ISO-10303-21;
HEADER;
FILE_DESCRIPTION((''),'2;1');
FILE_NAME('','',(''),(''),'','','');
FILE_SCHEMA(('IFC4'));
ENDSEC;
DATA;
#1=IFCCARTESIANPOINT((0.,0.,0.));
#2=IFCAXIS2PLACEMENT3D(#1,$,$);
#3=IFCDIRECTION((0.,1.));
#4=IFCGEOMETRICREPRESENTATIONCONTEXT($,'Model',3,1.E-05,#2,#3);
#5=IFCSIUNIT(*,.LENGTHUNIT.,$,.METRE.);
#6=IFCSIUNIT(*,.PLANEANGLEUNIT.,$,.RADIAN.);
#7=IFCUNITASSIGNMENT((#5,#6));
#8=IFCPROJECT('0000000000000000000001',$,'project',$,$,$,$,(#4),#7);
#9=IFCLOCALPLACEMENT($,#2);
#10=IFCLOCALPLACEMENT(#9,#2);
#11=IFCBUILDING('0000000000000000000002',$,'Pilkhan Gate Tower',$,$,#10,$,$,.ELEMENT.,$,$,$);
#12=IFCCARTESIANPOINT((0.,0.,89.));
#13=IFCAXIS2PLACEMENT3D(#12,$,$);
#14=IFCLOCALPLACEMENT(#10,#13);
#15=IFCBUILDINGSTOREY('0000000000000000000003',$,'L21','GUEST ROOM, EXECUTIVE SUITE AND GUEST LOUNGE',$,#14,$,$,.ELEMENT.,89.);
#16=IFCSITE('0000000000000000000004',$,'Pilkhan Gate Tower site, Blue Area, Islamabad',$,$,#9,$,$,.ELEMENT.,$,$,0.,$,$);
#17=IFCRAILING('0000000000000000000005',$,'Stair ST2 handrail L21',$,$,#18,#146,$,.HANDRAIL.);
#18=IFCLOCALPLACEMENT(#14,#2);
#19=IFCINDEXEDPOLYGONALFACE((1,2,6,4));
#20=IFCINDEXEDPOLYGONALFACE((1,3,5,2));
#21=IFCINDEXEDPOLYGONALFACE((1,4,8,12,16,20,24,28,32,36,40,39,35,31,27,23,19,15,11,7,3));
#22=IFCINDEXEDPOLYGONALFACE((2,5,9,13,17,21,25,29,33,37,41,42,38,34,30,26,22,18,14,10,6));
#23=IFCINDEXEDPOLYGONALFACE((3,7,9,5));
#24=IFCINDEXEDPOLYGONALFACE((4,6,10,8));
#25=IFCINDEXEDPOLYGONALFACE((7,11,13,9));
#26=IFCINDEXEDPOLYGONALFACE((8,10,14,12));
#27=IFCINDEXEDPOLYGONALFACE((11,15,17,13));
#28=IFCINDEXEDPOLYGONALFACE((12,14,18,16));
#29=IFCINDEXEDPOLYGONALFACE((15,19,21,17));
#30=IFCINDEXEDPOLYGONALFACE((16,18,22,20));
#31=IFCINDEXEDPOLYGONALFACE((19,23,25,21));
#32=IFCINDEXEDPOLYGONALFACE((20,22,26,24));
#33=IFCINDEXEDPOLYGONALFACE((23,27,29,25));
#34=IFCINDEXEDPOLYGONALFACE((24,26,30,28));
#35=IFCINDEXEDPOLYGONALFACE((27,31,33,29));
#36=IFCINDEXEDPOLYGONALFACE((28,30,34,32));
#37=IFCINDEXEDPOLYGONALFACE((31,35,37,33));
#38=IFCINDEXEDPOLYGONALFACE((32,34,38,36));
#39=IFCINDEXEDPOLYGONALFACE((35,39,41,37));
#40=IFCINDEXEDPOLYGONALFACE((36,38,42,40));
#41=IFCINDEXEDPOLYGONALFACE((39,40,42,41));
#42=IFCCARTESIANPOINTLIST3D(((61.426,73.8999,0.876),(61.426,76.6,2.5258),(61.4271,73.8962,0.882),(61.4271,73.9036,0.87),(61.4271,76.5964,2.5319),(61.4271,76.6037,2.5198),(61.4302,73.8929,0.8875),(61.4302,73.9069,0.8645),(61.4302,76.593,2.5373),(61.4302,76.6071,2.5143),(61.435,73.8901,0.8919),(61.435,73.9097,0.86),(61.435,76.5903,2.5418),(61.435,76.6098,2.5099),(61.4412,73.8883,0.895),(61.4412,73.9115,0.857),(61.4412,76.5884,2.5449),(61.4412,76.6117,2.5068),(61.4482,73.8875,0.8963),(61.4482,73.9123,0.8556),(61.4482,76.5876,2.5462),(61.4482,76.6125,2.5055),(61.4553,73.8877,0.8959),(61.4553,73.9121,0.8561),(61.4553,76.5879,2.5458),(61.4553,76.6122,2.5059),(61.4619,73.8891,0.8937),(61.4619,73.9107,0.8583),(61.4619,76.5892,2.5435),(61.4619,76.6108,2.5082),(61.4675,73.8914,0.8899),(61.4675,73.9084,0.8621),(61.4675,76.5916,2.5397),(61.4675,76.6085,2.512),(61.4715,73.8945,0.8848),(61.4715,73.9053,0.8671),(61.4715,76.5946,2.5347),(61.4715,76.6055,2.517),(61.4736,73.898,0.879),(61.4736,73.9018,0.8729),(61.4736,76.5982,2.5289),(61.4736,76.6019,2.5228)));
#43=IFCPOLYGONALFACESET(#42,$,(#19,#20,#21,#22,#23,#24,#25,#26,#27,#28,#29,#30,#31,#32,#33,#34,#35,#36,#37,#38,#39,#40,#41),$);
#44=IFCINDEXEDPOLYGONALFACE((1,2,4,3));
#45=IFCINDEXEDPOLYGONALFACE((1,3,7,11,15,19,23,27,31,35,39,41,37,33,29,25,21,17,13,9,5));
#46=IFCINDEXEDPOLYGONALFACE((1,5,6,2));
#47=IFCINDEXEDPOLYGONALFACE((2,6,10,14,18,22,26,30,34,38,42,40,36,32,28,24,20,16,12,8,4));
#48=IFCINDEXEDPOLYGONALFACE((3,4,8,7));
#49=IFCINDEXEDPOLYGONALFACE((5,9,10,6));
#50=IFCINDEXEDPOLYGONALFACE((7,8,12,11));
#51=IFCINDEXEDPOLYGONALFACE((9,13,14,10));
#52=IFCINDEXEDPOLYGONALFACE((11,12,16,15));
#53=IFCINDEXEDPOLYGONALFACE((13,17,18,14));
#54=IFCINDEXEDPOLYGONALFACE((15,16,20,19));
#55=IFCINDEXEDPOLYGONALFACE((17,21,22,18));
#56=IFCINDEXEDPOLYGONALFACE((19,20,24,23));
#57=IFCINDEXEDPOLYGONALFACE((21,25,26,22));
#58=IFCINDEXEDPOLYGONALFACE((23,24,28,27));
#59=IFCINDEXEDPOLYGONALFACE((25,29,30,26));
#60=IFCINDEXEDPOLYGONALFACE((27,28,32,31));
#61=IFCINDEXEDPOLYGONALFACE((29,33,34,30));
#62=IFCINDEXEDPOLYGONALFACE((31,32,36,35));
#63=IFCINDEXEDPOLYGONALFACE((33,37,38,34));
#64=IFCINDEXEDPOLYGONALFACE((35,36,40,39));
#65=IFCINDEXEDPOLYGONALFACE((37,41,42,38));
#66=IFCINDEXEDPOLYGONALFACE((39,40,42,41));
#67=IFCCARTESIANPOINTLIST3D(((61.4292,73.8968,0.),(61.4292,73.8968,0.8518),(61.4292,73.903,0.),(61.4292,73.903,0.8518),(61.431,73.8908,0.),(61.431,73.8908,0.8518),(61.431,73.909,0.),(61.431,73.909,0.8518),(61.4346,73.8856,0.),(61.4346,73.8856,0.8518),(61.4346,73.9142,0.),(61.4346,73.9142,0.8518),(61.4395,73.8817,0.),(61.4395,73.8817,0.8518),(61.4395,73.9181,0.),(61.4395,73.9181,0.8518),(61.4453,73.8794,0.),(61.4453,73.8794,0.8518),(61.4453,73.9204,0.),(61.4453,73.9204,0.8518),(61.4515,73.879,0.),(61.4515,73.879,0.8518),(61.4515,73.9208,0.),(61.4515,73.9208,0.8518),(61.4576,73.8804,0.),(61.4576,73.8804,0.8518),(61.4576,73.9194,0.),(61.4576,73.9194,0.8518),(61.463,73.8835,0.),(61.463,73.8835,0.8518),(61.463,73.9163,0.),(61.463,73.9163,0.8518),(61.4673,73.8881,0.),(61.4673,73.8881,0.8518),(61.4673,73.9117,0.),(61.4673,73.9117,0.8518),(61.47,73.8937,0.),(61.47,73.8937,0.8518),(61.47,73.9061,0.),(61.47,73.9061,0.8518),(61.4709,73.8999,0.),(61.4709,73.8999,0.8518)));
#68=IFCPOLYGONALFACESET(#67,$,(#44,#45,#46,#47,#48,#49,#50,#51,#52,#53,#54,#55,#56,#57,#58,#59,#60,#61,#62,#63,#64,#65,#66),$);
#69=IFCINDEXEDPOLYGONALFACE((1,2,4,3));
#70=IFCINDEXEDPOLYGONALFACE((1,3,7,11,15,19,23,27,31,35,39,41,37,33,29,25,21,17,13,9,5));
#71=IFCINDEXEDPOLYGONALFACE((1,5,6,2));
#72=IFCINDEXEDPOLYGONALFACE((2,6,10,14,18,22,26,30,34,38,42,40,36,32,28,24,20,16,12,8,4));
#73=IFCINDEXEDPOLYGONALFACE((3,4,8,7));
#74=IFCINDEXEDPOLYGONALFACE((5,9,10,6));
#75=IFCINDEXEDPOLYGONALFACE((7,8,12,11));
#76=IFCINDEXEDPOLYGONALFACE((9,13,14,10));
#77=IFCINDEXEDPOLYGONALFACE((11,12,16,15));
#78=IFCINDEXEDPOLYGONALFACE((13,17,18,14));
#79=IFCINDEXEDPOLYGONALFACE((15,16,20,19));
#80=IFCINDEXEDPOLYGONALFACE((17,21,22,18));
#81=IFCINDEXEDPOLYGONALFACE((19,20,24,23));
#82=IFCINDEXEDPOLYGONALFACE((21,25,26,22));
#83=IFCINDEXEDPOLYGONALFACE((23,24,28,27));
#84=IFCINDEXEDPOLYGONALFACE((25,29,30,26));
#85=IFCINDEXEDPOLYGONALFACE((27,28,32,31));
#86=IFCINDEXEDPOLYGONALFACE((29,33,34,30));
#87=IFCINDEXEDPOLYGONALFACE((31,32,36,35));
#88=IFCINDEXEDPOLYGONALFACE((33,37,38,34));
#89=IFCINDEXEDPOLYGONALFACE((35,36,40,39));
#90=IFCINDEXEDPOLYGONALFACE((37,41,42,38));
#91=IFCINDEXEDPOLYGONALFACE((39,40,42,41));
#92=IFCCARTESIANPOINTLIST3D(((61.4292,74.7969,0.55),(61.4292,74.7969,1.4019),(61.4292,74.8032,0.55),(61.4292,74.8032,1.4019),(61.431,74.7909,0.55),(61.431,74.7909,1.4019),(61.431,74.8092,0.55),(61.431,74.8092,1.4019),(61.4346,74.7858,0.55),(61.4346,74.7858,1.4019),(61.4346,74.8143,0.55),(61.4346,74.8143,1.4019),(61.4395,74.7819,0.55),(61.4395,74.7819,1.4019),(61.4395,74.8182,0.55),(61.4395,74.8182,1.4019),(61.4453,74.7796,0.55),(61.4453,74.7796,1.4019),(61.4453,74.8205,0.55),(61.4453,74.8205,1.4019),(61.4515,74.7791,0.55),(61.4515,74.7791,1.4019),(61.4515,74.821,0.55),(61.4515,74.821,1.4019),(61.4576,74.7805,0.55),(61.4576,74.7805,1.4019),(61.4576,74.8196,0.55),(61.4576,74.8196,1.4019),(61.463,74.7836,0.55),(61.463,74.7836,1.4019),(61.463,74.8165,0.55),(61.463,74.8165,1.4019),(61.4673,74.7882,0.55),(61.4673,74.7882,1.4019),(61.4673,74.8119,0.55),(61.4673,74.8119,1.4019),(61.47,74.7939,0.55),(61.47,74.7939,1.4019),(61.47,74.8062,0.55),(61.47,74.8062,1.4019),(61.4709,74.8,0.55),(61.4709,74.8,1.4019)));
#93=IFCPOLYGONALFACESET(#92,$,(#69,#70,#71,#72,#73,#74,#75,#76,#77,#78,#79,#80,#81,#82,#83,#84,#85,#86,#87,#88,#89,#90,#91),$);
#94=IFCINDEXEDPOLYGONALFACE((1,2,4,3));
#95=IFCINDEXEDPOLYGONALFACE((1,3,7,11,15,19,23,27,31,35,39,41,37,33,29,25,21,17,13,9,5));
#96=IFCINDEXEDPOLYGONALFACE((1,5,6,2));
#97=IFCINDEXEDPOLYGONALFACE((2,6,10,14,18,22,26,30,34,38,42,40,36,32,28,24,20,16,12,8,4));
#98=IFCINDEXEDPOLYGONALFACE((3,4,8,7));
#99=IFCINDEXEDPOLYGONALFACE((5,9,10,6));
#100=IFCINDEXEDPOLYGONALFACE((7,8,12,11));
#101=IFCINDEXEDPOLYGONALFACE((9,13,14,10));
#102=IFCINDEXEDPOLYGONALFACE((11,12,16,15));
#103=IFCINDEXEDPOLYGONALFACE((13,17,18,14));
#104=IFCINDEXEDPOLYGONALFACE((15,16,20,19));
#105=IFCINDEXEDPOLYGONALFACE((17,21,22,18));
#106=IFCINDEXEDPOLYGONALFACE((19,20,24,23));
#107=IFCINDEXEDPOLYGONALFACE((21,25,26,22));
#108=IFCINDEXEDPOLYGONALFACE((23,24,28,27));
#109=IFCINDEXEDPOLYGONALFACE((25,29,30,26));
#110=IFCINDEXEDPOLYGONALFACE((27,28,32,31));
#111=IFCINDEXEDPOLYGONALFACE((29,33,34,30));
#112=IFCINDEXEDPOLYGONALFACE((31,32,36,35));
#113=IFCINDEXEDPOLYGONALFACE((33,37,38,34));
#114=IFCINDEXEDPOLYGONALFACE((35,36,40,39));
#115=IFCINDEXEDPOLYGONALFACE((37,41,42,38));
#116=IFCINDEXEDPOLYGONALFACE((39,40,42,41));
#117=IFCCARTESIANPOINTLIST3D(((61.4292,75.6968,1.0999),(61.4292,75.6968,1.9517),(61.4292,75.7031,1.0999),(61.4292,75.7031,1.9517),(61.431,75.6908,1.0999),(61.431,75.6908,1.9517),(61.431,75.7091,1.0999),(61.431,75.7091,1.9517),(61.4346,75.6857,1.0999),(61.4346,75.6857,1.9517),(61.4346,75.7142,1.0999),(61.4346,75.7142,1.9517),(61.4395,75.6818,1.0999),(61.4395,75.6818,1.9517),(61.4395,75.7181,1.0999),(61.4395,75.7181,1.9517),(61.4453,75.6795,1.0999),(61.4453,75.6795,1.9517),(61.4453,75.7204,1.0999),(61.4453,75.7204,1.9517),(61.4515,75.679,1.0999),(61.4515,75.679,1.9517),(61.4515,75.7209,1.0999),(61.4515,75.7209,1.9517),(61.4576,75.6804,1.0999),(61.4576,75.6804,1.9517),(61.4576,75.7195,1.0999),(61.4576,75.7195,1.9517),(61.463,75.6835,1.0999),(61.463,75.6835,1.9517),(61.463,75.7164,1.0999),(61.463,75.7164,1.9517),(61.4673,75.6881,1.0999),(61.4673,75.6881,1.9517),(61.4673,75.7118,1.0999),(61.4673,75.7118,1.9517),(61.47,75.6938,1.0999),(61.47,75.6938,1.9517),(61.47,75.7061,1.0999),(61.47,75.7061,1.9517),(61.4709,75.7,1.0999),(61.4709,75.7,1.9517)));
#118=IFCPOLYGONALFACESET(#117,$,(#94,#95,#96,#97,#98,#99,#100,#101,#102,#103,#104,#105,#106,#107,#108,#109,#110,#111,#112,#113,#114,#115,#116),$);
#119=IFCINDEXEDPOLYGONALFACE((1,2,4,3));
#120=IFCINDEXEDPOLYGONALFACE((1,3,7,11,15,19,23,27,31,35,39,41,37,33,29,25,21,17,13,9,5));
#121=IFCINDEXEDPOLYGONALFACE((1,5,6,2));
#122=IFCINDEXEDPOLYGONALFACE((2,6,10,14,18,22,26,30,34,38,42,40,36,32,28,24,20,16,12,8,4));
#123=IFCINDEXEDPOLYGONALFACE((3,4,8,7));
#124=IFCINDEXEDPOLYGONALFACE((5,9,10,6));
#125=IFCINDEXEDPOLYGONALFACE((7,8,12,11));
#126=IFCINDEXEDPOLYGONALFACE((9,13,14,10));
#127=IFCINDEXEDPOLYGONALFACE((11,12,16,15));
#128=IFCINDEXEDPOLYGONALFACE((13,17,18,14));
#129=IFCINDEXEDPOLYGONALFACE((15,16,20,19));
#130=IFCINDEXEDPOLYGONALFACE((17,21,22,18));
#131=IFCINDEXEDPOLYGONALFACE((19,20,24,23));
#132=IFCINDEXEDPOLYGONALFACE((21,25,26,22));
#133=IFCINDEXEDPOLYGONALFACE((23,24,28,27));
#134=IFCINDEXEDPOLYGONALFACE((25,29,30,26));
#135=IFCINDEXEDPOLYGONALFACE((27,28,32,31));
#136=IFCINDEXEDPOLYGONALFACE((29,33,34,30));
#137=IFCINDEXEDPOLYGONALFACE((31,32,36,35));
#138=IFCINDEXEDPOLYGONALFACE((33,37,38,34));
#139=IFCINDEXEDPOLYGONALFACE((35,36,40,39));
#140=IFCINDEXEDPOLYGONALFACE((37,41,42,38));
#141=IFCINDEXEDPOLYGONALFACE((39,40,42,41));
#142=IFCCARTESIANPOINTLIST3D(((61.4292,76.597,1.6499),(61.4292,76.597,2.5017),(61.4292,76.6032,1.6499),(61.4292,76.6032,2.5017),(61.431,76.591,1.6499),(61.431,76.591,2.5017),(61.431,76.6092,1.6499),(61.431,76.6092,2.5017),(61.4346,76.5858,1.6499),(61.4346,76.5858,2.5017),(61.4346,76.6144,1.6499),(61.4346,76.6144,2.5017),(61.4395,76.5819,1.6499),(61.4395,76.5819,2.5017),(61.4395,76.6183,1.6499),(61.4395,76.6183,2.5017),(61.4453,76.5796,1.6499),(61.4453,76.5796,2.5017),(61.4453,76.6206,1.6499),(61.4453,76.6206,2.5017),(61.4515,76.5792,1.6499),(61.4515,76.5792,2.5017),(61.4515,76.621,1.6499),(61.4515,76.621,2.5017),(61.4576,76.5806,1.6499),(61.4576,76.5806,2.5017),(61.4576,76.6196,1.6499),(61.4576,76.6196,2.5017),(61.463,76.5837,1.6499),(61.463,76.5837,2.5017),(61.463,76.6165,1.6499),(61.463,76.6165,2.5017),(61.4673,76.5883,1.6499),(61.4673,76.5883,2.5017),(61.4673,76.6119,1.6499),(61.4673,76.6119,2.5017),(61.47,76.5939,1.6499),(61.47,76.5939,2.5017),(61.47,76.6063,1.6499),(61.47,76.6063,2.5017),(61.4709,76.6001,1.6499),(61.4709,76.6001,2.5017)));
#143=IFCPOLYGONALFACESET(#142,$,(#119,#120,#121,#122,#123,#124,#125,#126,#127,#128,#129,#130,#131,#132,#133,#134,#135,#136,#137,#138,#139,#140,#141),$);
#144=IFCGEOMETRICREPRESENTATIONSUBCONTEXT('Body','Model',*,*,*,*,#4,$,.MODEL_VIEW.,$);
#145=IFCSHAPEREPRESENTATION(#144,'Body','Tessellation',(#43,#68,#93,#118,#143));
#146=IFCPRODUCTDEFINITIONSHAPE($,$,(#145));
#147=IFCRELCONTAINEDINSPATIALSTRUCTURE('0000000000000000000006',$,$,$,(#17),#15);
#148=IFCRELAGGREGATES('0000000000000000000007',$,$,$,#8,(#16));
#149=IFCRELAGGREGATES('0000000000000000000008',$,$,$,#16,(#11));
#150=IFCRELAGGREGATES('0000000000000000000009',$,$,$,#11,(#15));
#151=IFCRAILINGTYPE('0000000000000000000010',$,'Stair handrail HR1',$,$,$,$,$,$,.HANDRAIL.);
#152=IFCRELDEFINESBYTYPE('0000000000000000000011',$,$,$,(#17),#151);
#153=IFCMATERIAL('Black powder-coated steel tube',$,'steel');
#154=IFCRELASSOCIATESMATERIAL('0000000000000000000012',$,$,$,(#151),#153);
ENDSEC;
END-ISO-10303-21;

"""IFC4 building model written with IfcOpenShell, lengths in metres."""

from ifc_helpers import new_model, si_unit, direction, frame, origin, origin_2d, place, context, subcontext, project, spatial, circle, extrude, material, type_object, element, save


model = new_model("IFC4")

# Units and contexts
model_context = context("Model", 3, precision=1e-05, world=origin(), true_north=direction((0.0, 1.0)))
body_context = subcontext(model_context, "Body", "Model", "MODEL_VIEW")
ifc_project = project(units=[si_unit("LENGTHUNIT", "METRE"), si_unit("PLANEANGLEUNIT", "RADIAN")], contexts=[model_context])

# Site, building, storey
site_placement = place(None, origin())
site = spatial("IfcSite", under=ifc_project, at=site_placement, Name="Pilkhan Gate Tower site, Blue Area, Islamabad", CompositionType="ELEMENT", RefElevation=0.0)
building_placement = place(site_placement, origin())
building = spatial("IfcBuilding", under=site, at=building_placement, Name="Pilkhan Gate Tower", CompositionType="ELEMENT")
storey_placement = place(building_placement, frame((0.0, 0.0, 89.0)))
storey = spatial("IfcBuildingStorey", under=building, at=storey_placement, Name="L21", Description="GUEST ROOM, EXECUTIVE SUITE AND GUEST LOUNGE", CompositionType="ELEMENT", Elevation=89.0)

# Railing
ifc_material_1 = material(Name="Black powder-coated steel tube", Category="steel")
railing_type_1 = type_object("IfcRailingType", Name="Stair handrail HR1", PredefinedType="HANDRAIL", material=ifc_material_1)
railing_1_placement = place(storey_placement, frame((61.45, 73.8999, 0.0)))
element("IfcRailing", 1, at=railing_1_placement, inside=storey, type_object=railing_type_1, Name="Stair ST2 handrail L21", PredefinedType="HANDRAIL", context=body_context, shape_type="SweptSolid", body=[
    extrude(circle(Radius=0.0239, at=origin_2d()), frame((0.0, 0.0, 0.876), z_axis=(0.0, 0.853312, 0.5214), x_axis=(-1.0, 0.0, 0.0)), (0.0, 0.0, 1.0), 3.1643),
    extrude(circle(Radius=0.021, at=origin_2d()), origin(), (0.0, 0.0, 1.0), 0.8518),
    extrude(circle(Radius=0.021, at=origin_2d()), frame((0.0, 0.9001, 0.55)), (0.0, 0.0, 1.0), 0.8518),
    extrude(circle(Radius=0.021, at=origin_2d()), frame((0.0, 1.8, 1.0999)), (0.0, 0.0, 1.0), 0.8518),
    extrude(circle(Radius=0.021, at=origin_2d()), frame((0.0, 2.7002, 1.6499)), (0.0, 0.0, 1.0), 0.8518),
])

save(model, "model.ifc")
